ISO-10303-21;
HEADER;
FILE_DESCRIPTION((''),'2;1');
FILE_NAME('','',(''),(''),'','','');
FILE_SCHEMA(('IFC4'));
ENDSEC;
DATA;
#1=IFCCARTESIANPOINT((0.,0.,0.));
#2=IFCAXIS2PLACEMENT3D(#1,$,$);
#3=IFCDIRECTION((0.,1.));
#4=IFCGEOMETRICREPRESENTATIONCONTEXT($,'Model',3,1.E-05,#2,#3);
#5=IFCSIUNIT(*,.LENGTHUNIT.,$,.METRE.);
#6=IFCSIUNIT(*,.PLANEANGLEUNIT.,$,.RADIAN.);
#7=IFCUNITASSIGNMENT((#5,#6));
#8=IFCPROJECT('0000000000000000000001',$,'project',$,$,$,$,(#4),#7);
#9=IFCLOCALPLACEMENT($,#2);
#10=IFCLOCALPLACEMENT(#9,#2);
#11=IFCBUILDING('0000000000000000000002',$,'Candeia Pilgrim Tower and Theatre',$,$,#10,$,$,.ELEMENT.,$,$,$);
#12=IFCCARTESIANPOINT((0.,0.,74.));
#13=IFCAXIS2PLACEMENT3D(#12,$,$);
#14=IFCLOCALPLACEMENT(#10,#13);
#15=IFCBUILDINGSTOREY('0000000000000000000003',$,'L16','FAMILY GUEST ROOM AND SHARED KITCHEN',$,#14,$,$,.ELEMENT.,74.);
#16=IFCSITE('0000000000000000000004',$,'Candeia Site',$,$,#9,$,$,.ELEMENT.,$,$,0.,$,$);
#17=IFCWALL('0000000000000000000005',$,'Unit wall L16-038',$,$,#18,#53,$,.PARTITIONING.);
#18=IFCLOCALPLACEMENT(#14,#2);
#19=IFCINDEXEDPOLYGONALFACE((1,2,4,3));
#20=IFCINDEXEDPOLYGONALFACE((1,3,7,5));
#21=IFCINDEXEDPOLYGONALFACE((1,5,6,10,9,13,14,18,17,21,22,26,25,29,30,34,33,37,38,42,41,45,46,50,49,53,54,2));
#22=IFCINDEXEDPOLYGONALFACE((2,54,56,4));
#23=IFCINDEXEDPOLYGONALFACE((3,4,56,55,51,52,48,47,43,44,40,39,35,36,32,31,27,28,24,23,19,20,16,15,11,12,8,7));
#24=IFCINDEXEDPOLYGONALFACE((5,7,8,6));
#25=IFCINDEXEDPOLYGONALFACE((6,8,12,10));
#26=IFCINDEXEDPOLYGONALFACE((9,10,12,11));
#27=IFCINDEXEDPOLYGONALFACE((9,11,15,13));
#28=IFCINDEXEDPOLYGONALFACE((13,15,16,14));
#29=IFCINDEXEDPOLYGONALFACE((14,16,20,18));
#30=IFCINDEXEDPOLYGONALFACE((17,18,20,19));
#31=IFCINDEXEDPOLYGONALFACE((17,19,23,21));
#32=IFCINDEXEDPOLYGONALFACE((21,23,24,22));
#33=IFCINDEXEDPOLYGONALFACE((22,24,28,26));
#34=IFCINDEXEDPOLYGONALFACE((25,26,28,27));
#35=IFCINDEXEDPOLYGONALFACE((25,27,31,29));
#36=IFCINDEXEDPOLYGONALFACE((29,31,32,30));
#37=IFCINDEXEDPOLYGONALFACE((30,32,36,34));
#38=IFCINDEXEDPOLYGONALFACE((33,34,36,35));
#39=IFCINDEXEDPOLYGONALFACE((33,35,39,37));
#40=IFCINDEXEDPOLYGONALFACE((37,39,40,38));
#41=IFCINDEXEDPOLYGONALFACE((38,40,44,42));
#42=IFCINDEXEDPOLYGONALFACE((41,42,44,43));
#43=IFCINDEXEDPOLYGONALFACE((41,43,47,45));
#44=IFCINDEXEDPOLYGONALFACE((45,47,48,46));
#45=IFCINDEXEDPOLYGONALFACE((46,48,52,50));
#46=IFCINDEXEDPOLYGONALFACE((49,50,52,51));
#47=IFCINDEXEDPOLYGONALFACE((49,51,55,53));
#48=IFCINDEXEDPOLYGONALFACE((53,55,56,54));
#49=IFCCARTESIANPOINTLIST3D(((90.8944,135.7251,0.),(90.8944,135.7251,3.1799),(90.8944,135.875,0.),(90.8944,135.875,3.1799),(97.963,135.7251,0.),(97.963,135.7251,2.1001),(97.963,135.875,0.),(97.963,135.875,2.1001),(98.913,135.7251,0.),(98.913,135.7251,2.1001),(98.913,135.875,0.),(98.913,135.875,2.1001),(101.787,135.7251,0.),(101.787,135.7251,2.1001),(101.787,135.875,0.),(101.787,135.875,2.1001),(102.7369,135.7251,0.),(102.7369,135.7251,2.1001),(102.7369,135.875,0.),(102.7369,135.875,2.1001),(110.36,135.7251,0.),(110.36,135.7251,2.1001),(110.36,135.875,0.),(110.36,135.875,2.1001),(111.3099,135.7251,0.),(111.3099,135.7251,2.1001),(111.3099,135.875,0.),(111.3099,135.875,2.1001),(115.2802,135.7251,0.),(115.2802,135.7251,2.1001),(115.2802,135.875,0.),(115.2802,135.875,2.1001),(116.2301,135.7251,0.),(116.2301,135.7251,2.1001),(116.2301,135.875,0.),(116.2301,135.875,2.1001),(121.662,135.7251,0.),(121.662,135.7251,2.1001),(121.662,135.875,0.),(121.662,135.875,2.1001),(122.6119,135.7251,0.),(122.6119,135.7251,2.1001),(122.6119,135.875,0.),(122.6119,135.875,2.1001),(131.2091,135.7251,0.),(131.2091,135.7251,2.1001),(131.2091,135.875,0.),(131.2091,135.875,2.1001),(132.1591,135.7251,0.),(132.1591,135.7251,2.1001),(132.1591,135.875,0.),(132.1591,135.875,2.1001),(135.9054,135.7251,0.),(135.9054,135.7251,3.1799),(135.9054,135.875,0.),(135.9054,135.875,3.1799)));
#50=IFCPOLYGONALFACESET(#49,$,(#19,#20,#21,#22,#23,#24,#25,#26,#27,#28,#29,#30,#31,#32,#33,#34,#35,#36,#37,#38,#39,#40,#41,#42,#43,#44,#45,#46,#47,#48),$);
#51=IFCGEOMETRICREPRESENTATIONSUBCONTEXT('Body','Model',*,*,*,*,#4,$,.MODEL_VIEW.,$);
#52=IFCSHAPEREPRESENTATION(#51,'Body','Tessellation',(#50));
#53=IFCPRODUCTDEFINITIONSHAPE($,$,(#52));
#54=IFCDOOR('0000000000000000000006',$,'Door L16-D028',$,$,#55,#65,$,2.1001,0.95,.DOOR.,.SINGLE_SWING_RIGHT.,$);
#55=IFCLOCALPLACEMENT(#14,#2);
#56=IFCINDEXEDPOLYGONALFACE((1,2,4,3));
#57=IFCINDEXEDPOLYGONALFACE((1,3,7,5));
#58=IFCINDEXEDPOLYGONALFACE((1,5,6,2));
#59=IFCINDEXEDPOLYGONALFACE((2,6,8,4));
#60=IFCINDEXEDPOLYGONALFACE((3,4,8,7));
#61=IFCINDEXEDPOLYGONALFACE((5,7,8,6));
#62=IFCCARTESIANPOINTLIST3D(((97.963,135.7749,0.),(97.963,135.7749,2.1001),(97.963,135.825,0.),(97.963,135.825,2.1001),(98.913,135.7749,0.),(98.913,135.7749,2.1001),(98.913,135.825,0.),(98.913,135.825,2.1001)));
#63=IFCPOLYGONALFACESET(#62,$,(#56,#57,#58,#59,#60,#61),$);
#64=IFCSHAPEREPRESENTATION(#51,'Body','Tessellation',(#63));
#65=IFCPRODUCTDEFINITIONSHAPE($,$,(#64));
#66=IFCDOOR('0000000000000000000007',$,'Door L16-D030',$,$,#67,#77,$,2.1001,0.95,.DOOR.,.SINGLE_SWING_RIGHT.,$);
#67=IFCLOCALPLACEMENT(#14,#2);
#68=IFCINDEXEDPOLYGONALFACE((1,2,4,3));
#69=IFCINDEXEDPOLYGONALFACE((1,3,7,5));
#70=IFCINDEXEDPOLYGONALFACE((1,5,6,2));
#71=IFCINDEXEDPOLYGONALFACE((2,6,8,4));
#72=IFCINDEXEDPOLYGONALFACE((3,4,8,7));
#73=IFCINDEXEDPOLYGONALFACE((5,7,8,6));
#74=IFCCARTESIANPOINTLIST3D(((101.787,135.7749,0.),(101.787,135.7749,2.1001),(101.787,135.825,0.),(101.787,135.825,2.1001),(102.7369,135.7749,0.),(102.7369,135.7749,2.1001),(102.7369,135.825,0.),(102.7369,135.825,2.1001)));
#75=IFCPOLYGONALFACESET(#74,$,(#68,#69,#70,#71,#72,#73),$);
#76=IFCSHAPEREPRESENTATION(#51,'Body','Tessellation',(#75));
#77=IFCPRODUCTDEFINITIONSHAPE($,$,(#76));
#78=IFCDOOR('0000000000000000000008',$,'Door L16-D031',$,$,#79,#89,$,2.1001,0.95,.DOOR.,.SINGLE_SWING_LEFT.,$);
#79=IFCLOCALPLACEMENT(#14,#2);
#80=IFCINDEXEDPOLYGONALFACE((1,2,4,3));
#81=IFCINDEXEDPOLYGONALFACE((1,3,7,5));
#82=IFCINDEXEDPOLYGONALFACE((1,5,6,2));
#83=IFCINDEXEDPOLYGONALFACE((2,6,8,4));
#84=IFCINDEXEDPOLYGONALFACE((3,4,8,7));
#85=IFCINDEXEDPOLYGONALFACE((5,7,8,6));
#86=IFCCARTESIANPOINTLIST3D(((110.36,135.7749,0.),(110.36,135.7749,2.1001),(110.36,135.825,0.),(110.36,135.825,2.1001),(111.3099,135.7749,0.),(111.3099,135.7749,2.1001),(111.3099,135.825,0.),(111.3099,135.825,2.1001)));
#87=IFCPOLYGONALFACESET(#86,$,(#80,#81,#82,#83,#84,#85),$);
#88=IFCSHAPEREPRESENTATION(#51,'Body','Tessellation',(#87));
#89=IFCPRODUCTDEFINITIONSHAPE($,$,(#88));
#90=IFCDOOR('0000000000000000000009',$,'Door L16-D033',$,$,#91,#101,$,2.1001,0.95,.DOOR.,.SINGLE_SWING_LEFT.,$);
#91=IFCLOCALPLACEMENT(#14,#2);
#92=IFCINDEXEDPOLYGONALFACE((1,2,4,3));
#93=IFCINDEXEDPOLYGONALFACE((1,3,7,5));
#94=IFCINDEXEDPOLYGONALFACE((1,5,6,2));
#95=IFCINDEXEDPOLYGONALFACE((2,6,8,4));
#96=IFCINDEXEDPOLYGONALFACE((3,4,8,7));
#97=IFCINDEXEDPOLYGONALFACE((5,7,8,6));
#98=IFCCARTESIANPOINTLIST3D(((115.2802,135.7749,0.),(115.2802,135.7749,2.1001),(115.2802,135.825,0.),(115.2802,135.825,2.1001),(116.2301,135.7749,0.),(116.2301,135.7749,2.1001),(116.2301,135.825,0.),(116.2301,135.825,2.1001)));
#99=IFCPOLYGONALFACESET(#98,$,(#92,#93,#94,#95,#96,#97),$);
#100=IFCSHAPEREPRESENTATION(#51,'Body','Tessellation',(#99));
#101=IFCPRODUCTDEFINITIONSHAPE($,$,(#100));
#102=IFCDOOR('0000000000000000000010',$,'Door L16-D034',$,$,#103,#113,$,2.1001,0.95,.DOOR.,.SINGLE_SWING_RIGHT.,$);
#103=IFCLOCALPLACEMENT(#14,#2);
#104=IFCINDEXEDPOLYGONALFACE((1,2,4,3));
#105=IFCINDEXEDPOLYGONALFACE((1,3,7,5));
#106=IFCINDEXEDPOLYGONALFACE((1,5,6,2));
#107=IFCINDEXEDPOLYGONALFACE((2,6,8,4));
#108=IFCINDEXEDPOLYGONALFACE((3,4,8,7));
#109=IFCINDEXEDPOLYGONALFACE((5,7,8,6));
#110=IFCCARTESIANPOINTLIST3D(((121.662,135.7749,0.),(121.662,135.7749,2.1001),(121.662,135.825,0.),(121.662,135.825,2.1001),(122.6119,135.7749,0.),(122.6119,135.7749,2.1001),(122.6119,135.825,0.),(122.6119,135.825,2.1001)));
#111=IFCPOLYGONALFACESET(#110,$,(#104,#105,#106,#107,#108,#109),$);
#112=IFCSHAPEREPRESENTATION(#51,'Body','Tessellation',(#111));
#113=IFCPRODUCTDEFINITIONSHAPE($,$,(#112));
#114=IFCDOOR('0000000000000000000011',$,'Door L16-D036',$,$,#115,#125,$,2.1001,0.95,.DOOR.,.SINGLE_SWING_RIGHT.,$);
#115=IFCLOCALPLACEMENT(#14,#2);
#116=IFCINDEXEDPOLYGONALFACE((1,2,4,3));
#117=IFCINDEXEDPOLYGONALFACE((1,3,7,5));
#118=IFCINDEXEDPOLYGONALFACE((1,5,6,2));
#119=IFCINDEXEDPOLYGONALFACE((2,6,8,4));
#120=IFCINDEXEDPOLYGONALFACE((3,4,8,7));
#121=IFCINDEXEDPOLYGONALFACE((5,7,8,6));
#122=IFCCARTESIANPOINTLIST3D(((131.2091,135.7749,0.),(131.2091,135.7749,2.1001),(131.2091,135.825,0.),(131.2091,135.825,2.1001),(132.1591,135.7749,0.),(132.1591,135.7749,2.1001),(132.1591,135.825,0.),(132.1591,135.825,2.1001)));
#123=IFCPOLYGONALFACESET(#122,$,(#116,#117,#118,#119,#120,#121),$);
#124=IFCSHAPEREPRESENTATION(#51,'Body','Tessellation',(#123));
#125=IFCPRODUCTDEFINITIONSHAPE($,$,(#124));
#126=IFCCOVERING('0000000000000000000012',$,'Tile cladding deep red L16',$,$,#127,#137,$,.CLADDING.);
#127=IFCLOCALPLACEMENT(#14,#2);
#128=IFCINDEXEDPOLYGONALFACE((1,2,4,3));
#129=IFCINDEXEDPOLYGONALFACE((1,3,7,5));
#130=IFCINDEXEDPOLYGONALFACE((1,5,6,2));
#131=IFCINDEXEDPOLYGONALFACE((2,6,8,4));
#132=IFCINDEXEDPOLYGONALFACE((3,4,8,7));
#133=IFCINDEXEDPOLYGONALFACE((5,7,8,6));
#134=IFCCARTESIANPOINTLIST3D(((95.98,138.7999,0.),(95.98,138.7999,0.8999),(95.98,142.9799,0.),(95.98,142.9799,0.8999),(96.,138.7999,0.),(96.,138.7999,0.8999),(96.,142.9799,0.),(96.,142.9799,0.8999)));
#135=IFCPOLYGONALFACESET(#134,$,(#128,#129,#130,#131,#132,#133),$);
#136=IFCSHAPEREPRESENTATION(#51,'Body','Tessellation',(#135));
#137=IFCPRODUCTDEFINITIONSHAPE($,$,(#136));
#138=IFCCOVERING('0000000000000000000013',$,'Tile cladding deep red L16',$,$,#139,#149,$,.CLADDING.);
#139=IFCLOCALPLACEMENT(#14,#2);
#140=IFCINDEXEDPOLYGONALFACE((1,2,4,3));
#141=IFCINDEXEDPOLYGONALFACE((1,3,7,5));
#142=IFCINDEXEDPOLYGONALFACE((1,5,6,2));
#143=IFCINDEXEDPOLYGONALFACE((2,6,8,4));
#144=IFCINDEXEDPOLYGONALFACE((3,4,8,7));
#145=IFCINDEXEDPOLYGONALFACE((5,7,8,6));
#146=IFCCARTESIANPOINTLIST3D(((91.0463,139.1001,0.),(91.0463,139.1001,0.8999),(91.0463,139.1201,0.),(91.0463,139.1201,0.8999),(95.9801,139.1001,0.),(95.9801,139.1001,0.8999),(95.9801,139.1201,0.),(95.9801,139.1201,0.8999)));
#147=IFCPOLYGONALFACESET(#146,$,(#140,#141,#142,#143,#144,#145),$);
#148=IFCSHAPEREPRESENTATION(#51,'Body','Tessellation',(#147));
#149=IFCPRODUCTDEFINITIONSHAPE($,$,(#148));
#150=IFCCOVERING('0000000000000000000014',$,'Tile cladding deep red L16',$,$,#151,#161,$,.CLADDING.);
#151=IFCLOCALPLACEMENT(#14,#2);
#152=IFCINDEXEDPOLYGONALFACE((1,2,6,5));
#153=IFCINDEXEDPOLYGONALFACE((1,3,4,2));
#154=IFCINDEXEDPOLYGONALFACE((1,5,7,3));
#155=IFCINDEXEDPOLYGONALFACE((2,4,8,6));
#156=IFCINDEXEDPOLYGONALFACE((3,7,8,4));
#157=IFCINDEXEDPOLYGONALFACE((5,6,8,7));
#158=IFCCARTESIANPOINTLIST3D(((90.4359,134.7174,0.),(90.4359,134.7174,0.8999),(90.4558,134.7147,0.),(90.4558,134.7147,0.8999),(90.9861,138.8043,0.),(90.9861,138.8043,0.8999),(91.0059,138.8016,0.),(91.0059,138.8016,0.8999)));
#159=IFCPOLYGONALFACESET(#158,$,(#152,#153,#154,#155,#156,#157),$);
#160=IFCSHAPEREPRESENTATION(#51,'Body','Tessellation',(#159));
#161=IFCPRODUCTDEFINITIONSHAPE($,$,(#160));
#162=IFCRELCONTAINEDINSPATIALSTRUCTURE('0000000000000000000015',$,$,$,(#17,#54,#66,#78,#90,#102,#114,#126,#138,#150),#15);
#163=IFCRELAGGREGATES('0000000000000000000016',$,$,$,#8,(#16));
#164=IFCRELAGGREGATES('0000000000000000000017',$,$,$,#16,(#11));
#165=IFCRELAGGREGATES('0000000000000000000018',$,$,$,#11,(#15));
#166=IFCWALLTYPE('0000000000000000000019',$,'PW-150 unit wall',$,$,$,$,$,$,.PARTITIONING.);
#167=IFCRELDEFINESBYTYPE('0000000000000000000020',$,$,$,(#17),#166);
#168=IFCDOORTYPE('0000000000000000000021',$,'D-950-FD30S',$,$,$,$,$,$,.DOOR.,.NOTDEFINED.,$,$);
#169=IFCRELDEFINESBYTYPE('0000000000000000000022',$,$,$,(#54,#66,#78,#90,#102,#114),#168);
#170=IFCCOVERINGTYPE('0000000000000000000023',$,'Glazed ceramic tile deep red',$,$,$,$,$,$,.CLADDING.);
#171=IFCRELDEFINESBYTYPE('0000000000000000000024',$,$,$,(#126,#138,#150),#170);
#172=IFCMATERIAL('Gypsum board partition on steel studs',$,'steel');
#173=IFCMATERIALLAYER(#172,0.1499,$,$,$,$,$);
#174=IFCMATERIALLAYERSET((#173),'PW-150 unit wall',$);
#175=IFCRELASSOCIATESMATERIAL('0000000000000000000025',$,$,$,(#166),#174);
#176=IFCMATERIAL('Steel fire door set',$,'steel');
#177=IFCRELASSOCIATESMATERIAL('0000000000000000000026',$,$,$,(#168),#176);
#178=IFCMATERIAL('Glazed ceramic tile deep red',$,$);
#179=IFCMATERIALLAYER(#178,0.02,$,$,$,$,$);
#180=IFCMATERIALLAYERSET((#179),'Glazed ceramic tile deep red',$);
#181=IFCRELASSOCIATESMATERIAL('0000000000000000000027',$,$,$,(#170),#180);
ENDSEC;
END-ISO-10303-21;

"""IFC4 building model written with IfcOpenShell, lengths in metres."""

from ifc_helpers import new_model, si_unit, direction, frame, frame_2d, origin, origin_2d, place, context, subcontext, project, spatial, rectangle, extrude, material, layer, layer_set, type_object, element, fill, save


model = new_model("IFC4")

# Units and contexts
model_context = context("Model", 3, precision=1e-05, world=origin(), true_north=direction((0.0, 1.0)))
body_context = subcontext(model_context, "Body", "Model", "MODEL_VIEW")
ifc_project = project(units=[si_unit("LENGTHUNIT", "METRE"), si_unit("PLANEANGLEUNIT", "RADIAN")], contexts=[model_context])

# Site, building, storey
site_placement = place(None, origin())
site = spatial("IfcSite", under=ifc_project, at=site_placement, Name="Candeia Site", CompositionType="ELEMENT", RefElevation=0.0)
building_placement = place(site_placement, origin())
building = spatial("IfcBuilding", under=site, at=building_placement, Name="Candeia Pilgrim Tower and Theatre", CompositionType="ELEMENT")
storey_placement = place(building_placement, frame((0.0, 0.0, 74.0)))
storey = spatial("IfcBuildingStorey", under=building, at=storey_placement, Name="L16", Description="FAMILY GUEST ROOM AND SHARED KITCHEN", CompositionType="ELEMENT", Elevation=74.0)

# Shared definitions
ifc_material_1 = material(Name="Gypsum board partition on steel studs", Category="steel")

# Wall, openings, doors
ifc_layer_1 = layer(ifc_material_1, 0.1499)
ifc_layer_set_1 = layer_set([ifc_layer_1], Name="PW-150 unit wall")
wall_type_1 = type_object("IfcWallType", Name="PW-150 unit wall", PredefinedType="PARTITIONING", material=ifc_layer_set_1)
wall_1_placement = place(storey_placement, frame((90.8945, 135.8, 0.0), z_axis=(0.0, 0.0, 1.0), x_axis=(1.0, 0.0, 0.0)))
wall_1 = element("IfcWall", 1, at=wall_1_placement, inside=storey, type_object=wall_type_1, Name="Unit wall L16-038", PredefinedType="PARTITIONING", context=body_context, shape_type="SweptSolid", body=[
    extrude(rectangle(XDim=45.011, YDim=0.1499, at=frame_2d((22.5054, 0.0))), origin(), (0.0, 0.0, 1.0), 3.1799),
])
opening_1_placement = place(wall_1_placement, frame((7.0684, 0.0, 0.0)))
opening_1 = element("IfcOpeningElement", 2, at=opening_1_placement, cuts=wall_1, PredefinedType="OPENING", context=body_context, shape_type="SweptSolid", body=[
    extrude(rectangle(XDim=0.95, YDim=2.1001, at=frame_2d((0.4751, 1.05))), frame((0.0, 0.085, 0.0), z_axis=(0.0, -1.0, 0.0), x_axis=(1.0, 0.0, 0.0)), (0.0, 0.0, 1.0), 0.1699),
])
opening_2_placement = place(wall_1_placement, frame((10.8923, 0.0, 0.0)))
opening_2 = element("IfcOpeningElement", 3, at=opening_2_placement, cuts=wall_1, PredefinedType="OPENING", context=body_context, shape_type="SweptSolid", body=[
    extrude(rectangle(XDim=0.95, YDim=2.1001, at=frame_2d((0.4751, 1.05))), frame((0.0, 0.085, 0.0), z_axis=(0.0, -1.0, 0.0), x_axis=(1.0, 0.0, 0.0)), (0.0, 0.0, 1.0), 0.1699),
])
opening_3_placement = place(wall_1_placement, frame((19.4653, 0.0, 0.0)))
opening_3 = element("IfcOpeningElement", 4, at=opening_3_placement, cuts=wall_1, PredefinedType="OPENING", context=body_context, shape_type="SweptSolid", body=[
    extrude(rectangle(XDim=0.95, YDim=2.1001, at=frame_2d((0.4751, 1.05))), frame((0.0, 0.085, 0.0), z_axis=(0.0, -1.0, 0.0), x_axis=(1.0, 0.0, 0.0)), (0.0, 0.0, 1.0), 0.1699),
])
opening_4_placement = place(wall_1_placement, frame((24.3855, 0.0, 0.0)))
opening_4 = element("IfcOpeningElement", 5, at=opening_4_placement, cuts=wall_1, PredefinedType="OPENING", context=body_context, shape_type="SweptSolid", body=[
    extrude(rectangle(XDim=0.95, YDim=2.1001, at=frame_2d((0.4751, 1.05))), frame((0.0, 0.085, 0.0), z_axis=(0.0, -1.0, 0.0), x_axis=(1.0, 0.0, 0.0)), (0.0, 0.0, 1.0), 0.1699),
])
opening_5_placement = place(wall_1_placement, frame((30.7673, 0.0, 0.0)))
opening_5 = element("IfcOpeningElement", 6, at=opening_5_placement, cuts=wall_1, PredefinedType="OPENING", context=body_context, shape_type="SweptSolid", body=[
    extrude(rectangle(XDim=0.95, YDim=2.1001, at=frame_2d((0.4751, 1.05))), frame((0.0, 0.085, 0.0), z_axis=(0.0, -1.0, 0.0), x_axis=(1.0, 0.0, 0.0)), (0.0, 0.0, 1.0), 0.1699),
])
opening_6_placement = place(wall_1_placement, frame((40.3145, 0.0, 0.0)))
opening_6 = element("IfcOpeningElement", 7, at=opening_6_placement, cuts=wall_1, PredefinedType="OPENING", context=body_context, shape_type="SweptSolid", body=[
    extrude(rectangle(XDim=0.95, YDim=2.1001, at=frame_2d((0.4751, 1.05))), frame((0.0, 0.085, 0.0), z_axis=(0.0, -1.0, 0.0), x_axis=(1.0, 0.0, 0.0)), (0.0, 0.0, 1.0), 0.1699),
])
ifc_material_2 = material(Name="Steel fire door set", Category="steel")
door_type_1 = type_object("IfcDoorType", Name="D-950-FD30S", OperationType="NOTDEFINED", PredefinedType="DOOR", material=ifc_material_2)
door_1_placement = place(opening_1_placement, origin())
door_1 = element("IfcDoor", 8, at=door_1_placement, inside=storey, type_object=door_type_1, Name="Door L16-D028", OperationType="SINGLE_SWING_RIGHT", OverallHeight=2.1001, OverallWidth=0.95, PredefinedType="DOOR", context=body_context, shape_type="SweptSolid", body=[
    extrude(rectangle(XDim=0.95, YDim=2.1001, at=frame_2d((0.4751, 1.05))), frame((0.0, 0.0249, 0.0), z_axis=(0.0, -1.0, 0.0), x_axis=(1.0, 0.0, 0.0)), (0.0, 0.0, 1.0), 0.05),
])
fill(opening_1, door_1)
door_2_placement = place(opening_2_placement, origin())
door_2 = element("IfcDoor", 9, at=door_2_placement, inside=storey, type_object=door_type_1, Name="Door L16-D030", OperationType="SINGLE_SWING_RIGHT", OverallHeight=2.1001, OverallWidth=0.95, PredefinedType="DOOR", context=body_context, shape_type="SweptSolid", body=[
    extrude(rectangle(XDim=0.95, YDim=2.1001, at=frame_2d((0.4751, 1.05))), frame((0.0, 0.0249, 0.0), z_axis=(0.0, -1.0, 0.0), x_axis=(1.0, 0.0, 0.0)), (0.0, 0.0, 1.0), 0.05),
])
fill(opening_2, door_2)
door_3_placement = place(opening_3_placement, origin())
door_3 = element("IfcDoor", 10, at=door_3_placement, inside=storey, type_object=door_type_1, Name="Door L16-D031", OperationType="SINGLE_SWING_LEFT", OverallHeight=2.1001, OverallWidth=0.95, PredefinedType="DOOR", context=body_context, shape_type="SweptSolid", body=[
    extrude(rectangle(XDim=0.95, YDim=2.1001, at=frame_2d((0.4751, 1.05))), frame((0.0, 0.0249, 0.0), z_axis=(0.0, -1.0, 0.0), x_axis=(1.0, 0.0, 0.0)), (0.0, 0.0, 1.0), 0.05),
])
fill(opening_3, door_3)
door_4_placement = place(opening_4_placement, origin())
door_4 = element("IfcDoor", 11, at=door_4_placement, inside=storey, type_object=door_type_1, Name="Door L16-D033", OperationType="SINGLE_SWING_LEFT", OverallHeight=2.1001, OverallWidth=0.95, PredefinedType="DOOR", context=body_context, shape_type="SweptSolid", body=[
    extrude(rectangle(XDim=0.95, YDim=2.1001, at=frame_2d((0.4751, 1.05))), frame((0.0, 0.0249, 0.0), z_axis=(0.0, -1.0, 0.0), x_axis=(1.0, 0.0, 0.0)), (0.0, 0.0, 1.0), 0.05),
])
fill(opening_4, door_4)
door_5_placement = place(opening_5_placement, origin())
door_5 = element("IfcDoor", 12, at=door_5_placement, inside=storey, type_object=door_type_1, Name="Door L16-D034", OperationType="SINGLE_SWING_RIGHT", OverallHeight=2.1001, OverallWidth=0.95, PredefinedType="DOOR", context=body_context, shape_type="SweptSolid", body=[
    extrude(rectangle(XDim=0.95, YDim=2.1001, at=frame_2d((0.4751, 1.05))), frame((0.0, 0.0249, 0.0), z_axis=(0.0, -1.0, 0.0), x_axis=(1.0, 0.0, 0.0)), (0.0, 0.0, 1.0), 0.05),
])
fill(opening_5, door_5)
door_6_placement = place(opening_6_placement, origin())
door_6 = element("IfcDoor", 13, at=door_6_placement, inside=storey, type_object=door_type_1, Name="Door L16-D036", OperationType="SINGLE_SWING_RIGHT", OverallHeight=2.1001, OverallWidth=0.95, PredefinedType="DOOR", context=body_context, shape_type="SweptSolid", body=[
    extrude(rectangle(XDim=0.95, YDim=2.1001, at=frame_2d((0.4751, 1.05))), frame((0.0, 0.0249, 0.0), z_axis=(0.0, -1.0, 0.0), x_axis=(1.0, 0.0, 0.0)), (0.0, 0.0, 1.0), 0.05),
])
fill(opening_6, door_6)

# Coverings
ifc_material_3 = material(Name="Glazed ceramic tile deep red")
ifc_layer_2 = layer(ifc_material_3, 0.02)
ifc_layer_set_2 = layer_set([ifc_layer_2], Name="Glazed ceramic tile deep red")
covering_type = type_object("IfcCoveringType", Name="Glazed ceramic tile deep red", PredefinedType="CLADDING", material=ifc_layer_set_2)
covering_1_placement = place(storey_placement, frame((95.99, 140.8899, 0.0), z_axis=(0.0, 0.0, 1.0), x_axis=(0.0, -1.0, 0.0)))
element("IfcCovering", 14, at=covering_1_placement, inside=storey, type_object=covering_type, Name="Tile cladding deep red L16", PredefinedType="CLADDING", context=body_context, shape_type="SweptSolid", body=[
    extrude(rectangle(XDim=4.1799, YDim=0.02, at=origin_2d()), origin(), (0.0, 0.0, 1.0), 0.8999),
])
covering_2_placement = place(storey_placement, frame((93.5132, 139.1101, 0.0), z_axis=(0.0, 0.0, 1.0), x_axis=(-1.0, 0.0, 0.0)))
element("IfcCovering", 15, at=covering_2_placement, inside=storey, type_object=covering_type, Name="Tile cladding deep red L16", PredefinedType="CLADDING", context=body_context, shape_type="SweptSolid", body=[
    extrude(rectangle(XDim=4.9338, YDim=0.02, at=origin_2d()), origin(), (0.0, 0.0, 1.0), 0.8999),
])
covering_3_placement = place(storey_placement, frame((90.7209, 136.7595, 0.0), z_axis=(0.0, 0.0, 1.0), x_axis=(-0.133412, -0.991061, 0.0)))
element("IfcCovering", 16, at=covering_3_placement, inside=storey, type_object=covering_type, Name="Tile cladding deep red L16", PredefinedType="CLADDING", context=body_context, shape_type="SweptSolid", body=[
    extrude(rectangle(XDim=4.1238, YDim=0.02, at=origin_2d()), origin(), (0.0, 0.0, 1.0), 0.8999),
])

save(model, "model.ifc")
